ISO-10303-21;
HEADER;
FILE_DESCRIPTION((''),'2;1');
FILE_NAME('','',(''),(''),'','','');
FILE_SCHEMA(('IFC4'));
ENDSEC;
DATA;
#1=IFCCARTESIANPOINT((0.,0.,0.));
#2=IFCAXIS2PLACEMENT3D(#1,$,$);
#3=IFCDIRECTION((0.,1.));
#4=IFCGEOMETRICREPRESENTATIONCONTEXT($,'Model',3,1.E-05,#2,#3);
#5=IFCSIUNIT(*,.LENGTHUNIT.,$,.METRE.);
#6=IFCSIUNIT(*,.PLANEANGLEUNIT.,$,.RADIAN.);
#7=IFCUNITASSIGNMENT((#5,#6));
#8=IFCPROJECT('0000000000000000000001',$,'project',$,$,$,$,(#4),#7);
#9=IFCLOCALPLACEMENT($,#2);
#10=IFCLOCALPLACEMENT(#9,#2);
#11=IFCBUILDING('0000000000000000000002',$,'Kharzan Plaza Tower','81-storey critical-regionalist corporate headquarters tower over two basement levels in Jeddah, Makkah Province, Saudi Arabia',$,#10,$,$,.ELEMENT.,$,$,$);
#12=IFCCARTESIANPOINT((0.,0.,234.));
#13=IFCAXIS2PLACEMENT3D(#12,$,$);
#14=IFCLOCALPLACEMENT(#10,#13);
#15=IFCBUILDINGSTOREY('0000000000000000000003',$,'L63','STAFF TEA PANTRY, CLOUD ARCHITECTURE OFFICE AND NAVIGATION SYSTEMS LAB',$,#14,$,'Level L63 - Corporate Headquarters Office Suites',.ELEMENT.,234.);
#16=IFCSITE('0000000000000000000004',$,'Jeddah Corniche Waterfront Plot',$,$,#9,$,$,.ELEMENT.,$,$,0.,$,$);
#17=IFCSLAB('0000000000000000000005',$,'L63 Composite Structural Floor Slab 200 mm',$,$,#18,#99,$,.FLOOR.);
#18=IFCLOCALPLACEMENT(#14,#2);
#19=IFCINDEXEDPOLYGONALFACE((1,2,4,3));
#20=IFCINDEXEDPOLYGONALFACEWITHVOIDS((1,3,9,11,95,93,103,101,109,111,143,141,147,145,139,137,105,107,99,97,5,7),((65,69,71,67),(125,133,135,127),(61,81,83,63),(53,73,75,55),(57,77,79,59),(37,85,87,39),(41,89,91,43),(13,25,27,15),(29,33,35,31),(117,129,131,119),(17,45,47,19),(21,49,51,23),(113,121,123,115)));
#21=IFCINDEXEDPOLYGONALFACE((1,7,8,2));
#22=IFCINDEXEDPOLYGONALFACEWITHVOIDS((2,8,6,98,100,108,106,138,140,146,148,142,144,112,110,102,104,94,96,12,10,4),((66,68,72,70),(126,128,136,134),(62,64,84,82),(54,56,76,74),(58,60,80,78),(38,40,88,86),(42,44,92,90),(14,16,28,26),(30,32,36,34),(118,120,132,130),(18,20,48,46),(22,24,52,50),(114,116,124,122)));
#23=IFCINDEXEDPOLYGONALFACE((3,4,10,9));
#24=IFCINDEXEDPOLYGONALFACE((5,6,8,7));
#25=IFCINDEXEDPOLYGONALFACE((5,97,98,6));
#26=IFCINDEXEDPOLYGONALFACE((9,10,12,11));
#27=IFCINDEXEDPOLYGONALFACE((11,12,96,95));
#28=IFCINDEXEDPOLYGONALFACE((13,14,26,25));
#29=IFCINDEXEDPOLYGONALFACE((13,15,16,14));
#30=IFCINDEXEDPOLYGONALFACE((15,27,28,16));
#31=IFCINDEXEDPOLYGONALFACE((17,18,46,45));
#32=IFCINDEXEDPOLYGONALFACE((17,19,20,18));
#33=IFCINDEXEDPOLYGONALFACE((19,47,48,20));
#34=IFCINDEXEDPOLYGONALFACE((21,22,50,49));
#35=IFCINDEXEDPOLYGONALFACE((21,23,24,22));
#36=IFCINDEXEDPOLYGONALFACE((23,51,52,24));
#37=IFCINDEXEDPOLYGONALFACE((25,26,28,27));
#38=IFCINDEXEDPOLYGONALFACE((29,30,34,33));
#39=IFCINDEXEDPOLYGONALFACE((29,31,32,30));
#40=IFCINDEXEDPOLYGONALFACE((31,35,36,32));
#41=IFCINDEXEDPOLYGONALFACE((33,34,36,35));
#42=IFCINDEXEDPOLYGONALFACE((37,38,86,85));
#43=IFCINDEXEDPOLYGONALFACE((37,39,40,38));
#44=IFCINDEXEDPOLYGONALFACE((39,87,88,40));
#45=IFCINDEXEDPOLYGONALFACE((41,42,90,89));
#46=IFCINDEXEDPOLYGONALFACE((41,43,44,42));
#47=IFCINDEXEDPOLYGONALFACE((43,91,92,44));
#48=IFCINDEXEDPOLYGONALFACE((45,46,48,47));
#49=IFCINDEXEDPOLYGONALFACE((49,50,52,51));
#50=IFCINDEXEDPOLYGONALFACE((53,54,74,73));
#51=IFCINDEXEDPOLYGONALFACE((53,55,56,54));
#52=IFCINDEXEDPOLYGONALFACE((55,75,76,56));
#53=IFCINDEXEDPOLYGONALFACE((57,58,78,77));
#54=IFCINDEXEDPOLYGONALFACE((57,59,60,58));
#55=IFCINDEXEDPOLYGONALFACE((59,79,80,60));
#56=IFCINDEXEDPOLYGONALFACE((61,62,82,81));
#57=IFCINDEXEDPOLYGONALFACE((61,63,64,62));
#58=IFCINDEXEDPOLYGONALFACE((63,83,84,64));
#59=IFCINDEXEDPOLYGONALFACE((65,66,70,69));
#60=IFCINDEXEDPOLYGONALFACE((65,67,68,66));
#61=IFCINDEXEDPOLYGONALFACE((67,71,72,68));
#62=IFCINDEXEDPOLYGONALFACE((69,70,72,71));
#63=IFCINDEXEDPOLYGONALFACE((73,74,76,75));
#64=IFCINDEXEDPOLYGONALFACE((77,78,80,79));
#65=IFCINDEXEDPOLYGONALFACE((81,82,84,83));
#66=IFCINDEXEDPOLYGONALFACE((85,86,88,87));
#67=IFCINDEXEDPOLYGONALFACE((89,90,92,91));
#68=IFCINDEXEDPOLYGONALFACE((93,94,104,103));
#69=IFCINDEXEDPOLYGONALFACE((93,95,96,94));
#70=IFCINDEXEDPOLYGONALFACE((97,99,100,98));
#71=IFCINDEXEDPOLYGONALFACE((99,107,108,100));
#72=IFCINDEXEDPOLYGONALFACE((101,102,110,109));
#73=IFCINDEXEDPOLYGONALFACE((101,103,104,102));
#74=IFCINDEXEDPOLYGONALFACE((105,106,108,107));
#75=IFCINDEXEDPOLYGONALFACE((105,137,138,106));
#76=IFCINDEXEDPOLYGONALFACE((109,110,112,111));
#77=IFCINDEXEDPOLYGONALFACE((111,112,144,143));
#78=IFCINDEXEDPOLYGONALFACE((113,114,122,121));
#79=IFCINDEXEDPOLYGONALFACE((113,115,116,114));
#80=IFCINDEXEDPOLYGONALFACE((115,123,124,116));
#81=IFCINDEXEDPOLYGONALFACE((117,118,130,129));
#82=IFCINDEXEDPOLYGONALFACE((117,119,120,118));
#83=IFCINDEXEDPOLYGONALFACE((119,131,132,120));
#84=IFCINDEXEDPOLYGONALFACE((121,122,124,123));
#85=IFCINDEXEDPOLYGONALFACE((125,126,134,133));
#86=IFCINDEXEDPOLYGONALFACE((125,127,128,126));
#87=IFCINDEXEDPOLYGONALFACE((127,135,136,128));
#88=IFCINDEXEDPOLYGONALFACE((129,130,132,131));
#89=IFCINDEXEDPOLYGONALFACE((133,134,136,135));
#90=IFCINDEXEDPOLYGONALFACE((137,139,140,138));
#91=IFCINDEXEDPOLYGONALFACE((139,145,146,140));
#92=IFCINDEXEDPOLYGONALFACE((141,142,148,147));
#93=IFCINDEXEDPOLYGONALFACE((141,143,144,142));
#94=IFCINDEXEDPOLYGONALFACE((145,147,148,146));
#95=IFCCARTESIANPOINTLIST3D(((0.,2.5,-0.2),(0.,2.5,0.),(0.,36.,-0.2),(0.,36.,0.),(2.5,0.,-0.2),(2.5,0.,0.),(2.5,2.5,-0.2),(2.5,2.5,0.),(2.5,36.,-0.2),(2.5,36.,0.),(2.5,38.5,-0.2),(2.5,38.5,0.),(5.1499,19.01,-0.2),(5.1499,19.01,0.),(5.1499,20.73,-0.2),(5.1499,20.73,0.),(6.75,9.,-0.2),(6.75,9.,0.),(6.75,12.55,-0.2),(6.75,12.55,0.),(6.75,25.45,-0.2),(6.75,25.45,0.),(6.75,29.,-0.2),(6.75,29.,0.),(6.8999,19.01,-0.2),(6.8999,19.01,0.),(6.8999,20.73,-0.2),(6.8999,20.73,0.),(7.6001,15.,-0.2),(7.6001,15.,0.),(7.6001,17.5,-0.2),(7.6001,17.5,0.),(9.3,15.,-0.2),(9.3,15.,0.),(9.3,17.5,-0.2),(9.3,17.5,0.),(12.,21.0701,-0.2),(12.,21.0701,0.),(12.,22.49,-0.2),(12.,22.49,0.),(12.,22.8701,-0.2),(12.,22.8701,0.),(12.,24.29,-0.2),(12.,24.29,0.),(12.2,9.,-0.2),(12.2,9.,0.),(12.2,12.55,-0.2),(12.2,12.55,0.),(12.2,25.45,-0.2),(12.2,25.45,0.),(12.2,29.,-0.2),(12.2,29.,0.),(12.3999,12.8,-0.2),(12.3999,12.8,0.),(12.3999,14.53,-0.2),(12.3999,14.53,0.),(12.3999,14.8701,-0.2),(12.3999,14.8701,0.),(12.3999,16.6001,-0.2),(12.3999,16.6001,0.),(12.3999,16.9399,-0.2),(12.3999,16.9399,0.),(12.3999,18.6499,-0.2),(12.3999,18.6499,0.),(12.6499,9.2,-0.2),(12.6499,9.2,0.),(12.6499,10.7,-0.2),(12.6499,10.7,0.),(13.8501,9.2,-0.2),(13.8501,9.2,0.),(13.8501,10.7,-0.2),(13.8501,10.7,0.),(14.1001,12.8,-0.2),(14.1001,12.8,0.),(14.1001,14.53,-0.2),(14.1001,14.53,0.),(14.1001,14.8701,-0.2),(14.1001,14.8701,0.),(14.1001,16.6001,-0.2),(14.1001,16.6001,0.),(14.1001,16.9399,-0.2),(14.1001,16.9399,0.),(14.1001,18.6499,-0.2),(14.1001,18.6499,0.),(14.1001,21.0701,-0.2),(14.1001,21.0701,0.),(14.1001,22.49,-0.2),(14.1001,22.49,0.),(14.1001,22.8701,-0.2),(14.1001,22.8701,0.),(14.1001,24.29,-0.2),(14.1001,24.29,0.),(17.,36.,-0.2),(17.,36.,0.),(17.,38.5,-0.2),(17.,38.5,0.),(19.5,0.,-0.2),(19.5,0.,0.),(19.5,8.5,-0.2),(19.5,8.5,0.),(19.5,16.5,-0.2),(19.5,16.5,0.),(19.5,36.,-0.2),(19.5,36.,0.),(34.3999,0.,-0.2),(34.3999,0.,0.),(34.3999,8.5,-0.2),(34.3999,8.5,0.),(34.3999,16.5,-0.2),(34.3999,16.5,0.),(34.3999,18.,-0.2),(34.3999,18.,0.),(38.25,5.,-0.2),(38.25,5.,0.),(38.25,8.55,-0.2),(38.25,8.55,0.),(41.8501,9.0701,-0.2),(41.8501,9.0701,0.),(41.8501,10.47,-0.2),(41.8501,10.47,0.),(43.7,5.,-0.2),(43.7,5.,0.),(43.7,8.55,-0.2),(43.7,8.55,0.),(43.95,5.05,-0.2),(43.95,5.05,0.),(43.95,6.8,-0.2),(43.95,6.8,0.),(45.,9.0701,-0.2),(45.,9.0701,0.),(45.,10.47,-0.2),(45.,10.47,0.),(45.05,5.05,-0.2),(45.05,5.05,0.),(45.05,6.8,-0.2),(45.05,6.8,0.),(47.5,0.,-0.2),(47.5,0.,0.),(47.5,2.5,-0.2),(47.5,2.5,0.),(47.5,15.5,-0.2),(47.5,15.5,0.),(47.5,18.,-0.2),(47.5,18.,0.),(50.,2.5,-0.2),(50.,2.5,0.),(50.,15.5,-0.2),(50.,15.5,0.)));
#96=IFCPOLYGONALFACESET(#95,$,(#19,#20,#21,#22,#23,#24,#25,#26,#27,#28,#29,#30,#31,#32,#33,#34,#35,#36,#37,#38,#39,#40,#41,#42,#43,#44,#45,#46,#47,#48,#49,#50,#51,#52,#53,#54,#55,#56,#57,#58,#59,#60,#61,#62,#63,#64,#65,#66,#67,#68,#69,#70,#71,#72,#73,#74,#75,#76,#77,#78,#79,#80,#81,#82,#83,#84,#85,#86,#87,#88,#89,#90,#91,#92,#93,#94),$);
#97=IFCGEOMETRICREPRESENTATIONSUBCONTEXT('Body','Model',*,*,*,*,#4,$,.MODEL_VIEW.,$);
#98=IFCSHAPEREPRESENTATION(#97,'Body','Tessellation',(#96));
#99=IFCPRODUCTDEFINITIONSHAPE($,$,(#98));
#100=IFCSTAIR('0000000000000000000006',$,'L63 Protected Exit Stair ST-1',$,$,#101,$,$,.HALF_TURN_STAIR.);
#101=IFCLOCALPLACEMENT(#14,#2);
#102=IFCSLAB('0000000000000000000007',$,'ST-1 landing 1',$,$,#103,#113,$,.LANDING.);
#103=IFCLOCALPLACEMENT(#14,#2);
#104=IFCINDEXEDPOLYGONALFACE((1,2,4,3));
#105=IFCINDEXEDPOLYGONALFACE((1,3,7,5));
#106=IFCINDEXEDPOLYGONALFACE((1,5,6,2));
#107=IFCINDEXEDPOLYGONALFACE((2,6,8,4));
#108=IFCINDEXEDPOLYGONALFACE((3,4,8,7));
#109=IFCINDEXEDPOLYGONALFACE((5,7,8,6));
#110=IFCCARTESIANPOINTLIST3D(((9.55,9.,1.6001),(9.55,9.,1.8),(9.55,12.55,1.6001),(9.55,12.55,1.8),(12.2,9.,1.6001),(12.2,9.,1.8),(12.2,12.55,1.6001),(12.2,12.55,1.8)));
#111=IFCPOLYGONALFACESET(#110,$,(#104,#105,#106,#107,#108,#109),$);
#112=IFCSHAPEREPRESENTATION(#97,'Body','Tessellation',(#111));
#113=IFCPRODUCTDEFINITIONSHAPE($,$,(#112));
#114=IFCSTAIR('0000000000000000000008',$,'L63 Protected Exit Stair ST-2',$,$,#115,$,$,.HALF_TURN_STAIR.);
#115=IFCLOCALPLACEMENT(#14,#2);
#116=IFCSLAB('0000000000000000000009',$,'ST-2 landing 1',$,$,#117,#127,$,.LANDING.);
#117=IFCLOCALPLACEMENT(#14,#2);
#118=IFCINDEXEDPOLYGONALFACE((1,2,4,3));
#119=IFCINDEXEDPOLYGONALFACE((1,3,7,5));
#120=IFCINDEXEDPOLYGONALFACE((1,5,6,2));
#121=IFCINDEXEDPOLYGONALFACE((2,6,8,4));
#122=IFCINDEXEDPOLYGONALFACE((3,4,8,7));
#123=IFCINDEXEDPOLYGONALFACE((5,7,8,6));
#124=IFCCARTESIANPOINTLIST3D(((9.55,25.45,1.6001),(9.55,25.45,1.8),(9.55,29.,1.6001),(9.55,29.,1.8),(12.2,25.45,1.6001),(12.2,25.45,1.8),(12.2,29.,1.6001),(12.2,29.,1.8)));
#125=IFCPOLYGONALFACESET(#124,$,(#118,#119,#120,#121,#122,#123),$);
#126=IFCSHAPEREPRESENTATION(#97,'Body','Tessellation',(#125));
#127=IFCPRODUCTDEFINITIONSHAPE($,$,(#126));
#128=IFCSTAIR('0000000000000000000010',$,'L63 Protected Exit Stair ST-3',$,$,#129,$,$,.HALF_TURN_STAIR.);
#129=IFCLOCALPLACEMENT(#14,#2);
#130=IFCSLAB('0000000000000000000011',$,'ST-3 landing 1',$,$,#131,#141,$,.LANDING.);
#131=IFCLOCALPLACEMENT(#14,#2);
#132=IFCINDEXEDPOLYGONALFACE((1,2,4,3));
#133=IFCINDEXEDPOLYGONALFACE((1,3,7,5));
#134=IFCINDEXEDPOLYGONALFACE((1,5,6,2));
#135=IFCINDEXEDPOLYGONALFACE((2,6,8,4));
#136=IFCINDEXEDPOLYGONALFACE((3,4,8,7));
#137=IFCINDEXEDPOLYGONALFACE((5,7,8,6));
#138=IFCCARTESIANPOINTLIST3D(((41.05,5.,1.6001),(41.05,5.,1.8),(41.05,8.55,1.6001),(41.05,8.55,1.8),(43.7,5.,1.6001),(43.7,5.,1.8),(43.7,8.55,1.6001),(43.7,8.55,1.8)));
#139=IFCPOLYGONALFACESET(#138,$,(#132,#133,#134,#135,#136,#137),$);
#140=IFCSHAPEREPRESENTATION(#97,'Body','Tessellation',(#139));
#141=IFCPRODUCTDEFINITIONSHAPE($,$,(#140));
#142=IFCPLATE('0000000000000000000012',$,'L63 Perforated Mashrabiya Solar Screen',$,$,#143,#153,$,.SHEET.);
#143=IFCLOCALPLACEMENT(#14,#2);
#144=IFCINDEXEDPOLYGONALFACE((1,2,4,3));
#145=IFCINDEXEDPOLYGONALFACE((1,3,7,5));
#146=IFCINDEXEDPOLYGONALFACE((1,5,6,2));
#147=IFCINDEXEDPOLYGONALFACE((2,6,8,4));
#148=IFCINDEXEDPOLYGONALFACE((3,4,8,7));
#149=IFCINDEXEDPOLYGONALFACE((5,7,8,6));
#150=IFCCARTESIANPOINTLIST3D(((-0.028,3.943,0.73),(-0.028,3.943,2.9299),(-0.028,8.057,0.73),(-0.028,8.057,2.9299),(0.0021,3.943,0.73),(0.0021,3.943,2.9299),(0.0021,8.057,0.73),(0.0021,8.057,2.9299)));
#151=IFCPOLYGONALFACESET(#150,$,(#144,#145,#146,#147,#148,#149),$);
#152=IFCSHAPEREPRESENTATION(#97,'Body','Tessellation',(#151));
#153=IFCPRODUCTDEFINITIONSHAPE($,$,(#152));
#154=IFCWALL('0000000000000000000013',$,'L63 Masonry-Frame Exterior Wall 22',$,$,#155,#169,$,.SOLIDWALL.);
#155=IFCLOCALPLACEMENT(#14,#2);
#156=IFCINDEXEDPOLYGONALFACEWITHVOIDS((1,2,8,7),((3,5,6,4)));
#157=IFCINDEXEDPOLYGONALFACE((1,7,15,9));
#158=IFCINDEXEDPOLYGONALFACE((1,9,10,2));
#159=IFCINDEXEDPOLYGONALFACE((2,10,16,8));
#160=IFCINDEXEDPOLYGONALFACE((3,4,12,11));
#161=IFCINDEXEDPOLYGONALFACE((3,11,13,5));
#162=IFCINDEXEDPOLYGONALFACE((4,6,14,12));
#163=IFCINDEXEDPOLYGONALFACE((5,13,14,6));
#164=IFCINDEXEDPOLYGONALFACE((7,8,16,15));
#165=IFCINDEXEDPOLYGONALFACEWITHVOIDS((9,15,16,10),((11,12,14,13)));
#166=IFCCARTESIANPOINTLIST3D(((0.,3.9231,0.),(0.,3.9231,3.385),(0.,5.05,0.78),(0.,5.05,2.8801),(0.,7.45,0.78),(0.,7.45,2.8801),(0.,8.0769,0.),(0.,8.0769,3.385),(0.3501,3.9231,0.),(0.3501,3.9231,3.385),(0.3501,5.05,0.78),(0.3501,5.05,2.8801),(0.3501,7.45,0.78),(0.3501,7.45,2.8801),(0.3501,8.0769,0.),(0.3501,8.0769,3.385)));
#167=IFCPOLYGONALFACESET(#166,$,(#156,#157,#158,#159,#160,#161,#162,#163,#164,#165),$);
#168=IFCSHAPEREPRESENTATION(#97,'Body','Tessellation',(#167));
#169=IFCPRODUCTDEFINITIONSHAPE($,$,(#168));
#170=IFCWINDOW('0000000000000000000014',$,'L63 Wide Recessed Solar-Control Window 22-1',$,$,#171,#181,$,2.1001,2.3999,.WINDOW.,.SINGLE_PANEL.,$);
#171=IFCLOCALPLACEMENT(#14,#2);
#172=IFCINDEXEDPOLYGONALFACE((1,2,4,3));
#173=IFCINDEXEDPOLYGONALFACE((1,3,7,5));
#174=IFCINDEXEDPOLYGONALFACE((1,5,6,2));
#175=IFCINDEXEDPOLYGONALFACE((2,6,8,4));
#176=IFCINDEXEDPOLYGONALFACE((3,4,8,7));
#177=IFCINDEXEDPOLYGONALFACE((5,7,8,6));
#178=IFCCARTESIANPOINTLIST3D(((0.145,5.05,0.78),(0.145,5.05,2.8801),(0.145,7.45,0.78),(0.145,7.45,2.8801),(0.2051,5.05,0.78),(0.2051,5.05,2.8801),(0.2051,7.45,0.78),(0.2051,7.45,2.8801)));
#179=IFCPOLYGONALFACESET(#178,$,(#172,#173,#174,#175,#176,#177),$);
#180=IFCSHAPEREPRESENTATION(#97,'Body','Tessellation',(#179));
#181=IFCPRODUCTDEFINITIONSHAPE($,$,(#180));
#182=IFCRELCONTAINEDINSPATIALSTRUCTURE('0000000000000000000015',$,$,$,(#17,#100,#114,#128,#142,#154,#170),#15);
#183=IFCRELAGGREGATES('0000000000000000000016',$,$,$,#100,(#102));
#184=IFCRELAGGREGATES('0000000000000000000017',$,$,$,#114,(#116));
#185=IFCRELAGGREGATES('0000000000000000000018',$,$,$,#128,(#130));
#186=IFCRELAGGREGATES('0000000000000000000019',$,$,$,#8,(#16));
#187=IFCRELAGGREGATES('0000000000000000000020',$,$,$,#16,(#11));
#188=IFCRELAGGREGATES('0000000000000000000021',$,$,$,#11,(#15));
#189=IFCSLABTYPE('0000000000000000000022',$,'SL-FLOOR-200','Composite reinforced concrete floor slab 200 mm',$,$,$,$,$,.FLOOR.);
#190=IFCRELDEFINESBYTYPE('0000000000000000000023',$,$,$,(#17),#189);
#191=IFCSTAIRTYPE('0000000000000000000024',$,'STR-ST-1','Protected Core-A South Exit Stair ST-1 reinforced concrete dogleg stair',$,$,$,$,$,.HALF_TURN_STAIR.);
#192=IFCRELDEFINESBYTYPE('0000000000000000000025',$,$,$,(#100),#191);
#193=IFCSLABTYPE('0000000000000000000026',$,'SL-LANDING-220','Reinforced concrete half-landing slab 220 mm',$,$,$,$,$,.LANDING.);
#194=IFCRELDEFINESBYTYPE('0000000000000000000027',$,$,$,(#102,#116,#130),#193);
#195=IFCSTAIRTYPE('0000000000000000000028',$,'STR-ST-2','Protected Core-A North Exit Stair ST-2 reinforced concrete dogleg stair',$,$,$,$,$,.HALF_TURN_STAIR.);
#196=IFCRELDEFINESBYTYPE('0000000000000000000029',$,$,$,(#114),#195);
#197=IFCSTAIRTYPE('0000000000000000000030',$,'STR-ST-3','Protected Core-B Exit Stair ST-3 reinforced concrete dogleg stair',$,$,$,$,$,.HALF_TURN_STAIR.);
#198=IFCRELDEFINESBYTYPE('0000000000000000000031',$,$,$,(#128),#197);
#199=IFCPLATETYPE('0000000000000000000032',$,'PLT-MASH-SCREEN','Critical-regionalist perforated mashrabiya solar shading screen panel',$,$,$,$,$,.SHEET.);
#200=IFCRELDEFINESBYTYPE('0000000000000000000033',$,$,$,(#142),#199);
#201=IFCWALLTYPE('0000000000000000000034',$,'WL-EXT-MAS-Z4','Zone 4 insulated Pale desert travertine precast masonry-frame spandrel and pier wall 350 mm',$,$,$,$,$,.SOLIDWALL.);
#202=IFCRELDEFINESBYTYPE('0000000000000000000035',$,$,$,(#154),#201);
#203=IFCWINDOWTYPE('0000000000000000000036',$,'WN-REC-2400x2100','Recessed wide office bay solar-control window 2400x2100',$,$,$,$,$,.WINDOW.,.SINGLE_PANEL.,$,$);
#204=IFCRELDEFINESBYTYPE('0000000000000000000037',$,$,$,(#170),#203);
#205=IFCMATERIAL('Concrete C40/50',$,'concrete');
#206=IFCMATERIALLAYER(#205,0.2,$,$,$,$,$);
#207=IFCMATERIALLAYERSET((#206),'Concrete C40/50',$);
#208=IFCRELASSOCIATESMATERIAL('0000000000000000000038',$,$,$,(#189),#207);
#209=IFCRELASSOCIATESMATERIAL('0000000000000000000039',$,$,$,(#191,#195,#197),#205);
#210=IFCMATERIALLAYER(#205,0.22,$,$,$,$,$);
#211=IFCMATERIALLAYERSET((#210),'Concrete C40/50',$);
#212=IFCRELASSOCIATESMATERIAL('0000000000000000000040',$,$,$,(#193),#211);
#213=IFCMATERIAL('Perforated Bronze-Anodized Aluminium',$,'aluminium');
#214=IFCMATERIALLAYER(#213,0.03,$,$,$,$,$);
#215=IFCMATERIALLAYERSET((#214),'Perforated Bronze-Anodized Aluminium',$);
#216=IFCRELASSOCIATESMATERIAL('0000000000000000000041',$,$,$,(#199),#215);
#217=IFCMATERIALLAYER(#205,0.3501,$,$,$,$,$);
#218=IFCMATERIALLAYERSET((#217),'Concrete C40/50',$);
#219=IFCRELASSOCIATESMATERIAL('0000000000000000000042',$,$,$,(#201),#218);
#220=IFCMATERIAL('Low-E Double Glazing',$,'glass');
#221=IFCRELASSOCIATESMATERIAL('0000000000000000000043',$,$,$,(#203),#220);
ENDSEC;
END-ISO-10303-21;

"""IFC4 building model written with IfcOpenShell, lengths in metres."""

from ifc_helpers import new_model, si_unit, direction, frame, frame_2d, origin, origin_2d, place, context, subcontext, project, spatial, polyline, rectangle, outline, extrude, source, transform, mapped, material, layer, layer_set, type_object, element, fill, aggregate, save


model = new_model("IFC4")

# Units and contexts
model_context = context("Model", 3, precision=1e-05, world=origin(), true_north=direction((0.0, 1.0)))
body_context = subcontext(model_context, "Body", "Model", "MODEL_VIEW")
ifc_project = project(units=[si_unit("LENGTHUNIT", "METRE"), si_unit("PLANEANGLEUNIT", "RADIAN")], contexts=[model_context])

# Site, building, storey
site_placement = place(None, origin())
site = spatial("IfcSite", under=ifc_project, at=site_placement, Name="Jeddah Corniche Waterfront Plot", CompositionType="ELEMENT", RefElevation=0.0)
building_placement = place(site_placement, origin())
building = spatial("IfcBuilding", under=site, at=building_placement, Name="Kharzan Plaza Tower", Description="81-storey critical-regionalist corporate headquarters tower over two basement levels in Jeddah, Makkah Province, Saudi Arabia", CompositionType="ELEMENT")
storey_placement = place(building_placement, frame((0.0, 0.0, 234.0)))
storey = spatial("IfcBuildingStorey", under=building, at=storey_placement, Name="L63", Description="STAFF TEA PANTRY, CLOUD ARCHITECTURE OFFICE AND NAVIGATION SYSTEMS LAB", LongName="Level L63 - Corporate Headquarters Office Suites", CompositionType="ELEMENT", Elevation=234.0)

# Slab
ifc_material_1 = material(Name="Concrete C40/50", Category="concrete")
ifc_layer_1 = layer(ifc_material_1, 0.2)
ifc_layer_set_1 = layer_set([ifc_layer_1], Name="Concrete C40/50")
slab_type_1 = type_object("IfcSlabType", Name="SL-FLOOR-200", Description="Composite reinforced concrete floor slab 200 mm", PredefinedType="FLOOR", material=ifc_layer_set_1)
slab_1_placement = place(storey_placement, frame((0.0, 0.0, -0.2)))
element("IfcSlab", 1, at=slab_1_placement, inside=storey, type_object=slab_type_1, Name="L63 Composite Structural Floor Slab 200 mm", PredefinedType="FLOOR", context=body_context, shape_type="SweptSolid", body=[
    extrude(outline(polyline([(34.3999, 16.5), (19.5, 16.5), (19.5, 36.0), (17.0, 36.0), (17.0, 38.5), (2.5, 38.5), (2.5, 36.0), (0.0, 36.0), (0.0, 2.5), (2.5, 2.5), (2.5, 0.0), (19.5, 0.0), (19.5, 8.5), (34.3999, 8.5), (34.3999, 0.0), (47.5, 0.0), (47.5, 2.5), (50.0, 2.5), (50.0, 15.5), (47.5, 15.5), (47.5, 18.0), (34.3999, 18.0), (34.3999, 16.5)]), holes=[polyline([(12.2, 12.55), (6.75, 12.55), (6.75, 9.0), (12.2, 9.0), (12.2, 12.55)]), polyline([(14.1001, 12.8), (14.1001, 14.53), (12.3999, 14.53), (12.3999, 12.8), (14.1001, 12.8)]), polyline([(9.3, 15.0), (9.3, 17.5), (7.6001, 17.5), (7.6001, 15.0), (9.3, 15.0)]), polyline([(6.8999, 20.73), (5.1499, 20.73), (5.1499, 19.01), (6.8999, 19.01), (6.8999, 20.73)]), polyline([(14.1001, 21.0701), (14.1001, 22.49), (12.0, 22.49), (12.0, 21.0701), (14.1001, 21.0701)]), polyline([(14.1001, 22.8701), (14.1001, 24.29), (12.0, 24.29), (12.0, 22.8701), (14.1001, 22.8701)]), polyline([(12.2, 29.0), (6.75, 29.0), (6.75, 25.45), (12.2, 25.45), (12.2, 29.0)]), polyline([(45.05, 5.05), (45.05, 6.8), (43.95, 6.8), (43.95, 5.05), (45.05, 5.05)]), polyline([(43.7, 5.0), (43.7, 8.55), (38.25, 8.55), (38.25, 5.0), (43.7, 5.0)]), polyline([(45.0, 9.0701), (45.0, 10.47), (41.8501, 10.47), (41.8501, 9.0701), (45.0, 9.0701)]), polyline([(13.8501, 9.2), (13.8501, 10.7), (12.6499, 10.7), (12.6499, 9.2), (13.8501, 9.2)]), polyline([(14.1001, 14.8701), (14.1001, 16.6001), (12.3999, 16.6001), (12.3999, 14.8701), (14.1001, 14.8701)]), polyline([(14.1001, 16.9399), (14.1001, 18.6499), (12.3999, 18.6499), (12.3999, 16.9399), (14.1001, 16.9399)])]), origin(), (0.0, 0.0, 1.0), 0.2),
])

# Stairs, slabs
stair_type_1 = type_object("IfcStairType", Name="STR-ST-1", Description="Protected Core-A South Exit Stair ST-1 reinforced concrete dogleg stair", PredefinedType="HALF_TURN_STAIR", material=ifc_material_1)
stair_1_placement = place(storey_placement, origin())
stair_1 = element("IfcStair", 2, at=stair_1_placement, inside=storey, type_object=stair_type_1, Name="L63 Protected Exit Stair ST-1", PredefinedType="HALF_TURN_STAIR")
ifc_layer_2 = layer(ifc_material_1, 0.22)
ifc_layer_set_2 = layer_set([ifc_layer_2], Name="Concrete C40/50")
slab_type_2 = type_object("IfcSlabType", Name="SL-LANDING-220", Description="Reinforced concrete half-landing slab 220 mm", PredefinedType="LANDING", material=ifc_layer_set_2)
slab_2_placement = place(storey_placement, frame((0.0, 0.0, 1.6001)))
slab_2 = element("IfcSlab", 3, at=slab_2_placement, type_object=slab_type_2, Name="ST-1 landing 1", PredefinedType="LANDING", context=body_context, shape_type="SweptSolid", body=[
    extrude(outline(polyline([(9.55, 9.0), (12.2, 9.0), (12.2, 12.55), (9.55, 12.55), (9.55, 9.0)])), origin(), (0.0, 0.0, 1.0), 0.2),
])
aggregate(stair_1, [slab_2])
stair_type_2 = type_object("IfcStairType", Name="STR-ST-2", Description="Protected Core-A North Exit Stair ST-2 reinforced concrete dogleg stair", PredefinedType="HALF_TURN_STAIR", material=ifc_material_1)
stair_2_placement = place(storey_placement, origin())
stair_2 = element("IfcStair", 4, at=stair_2_placement, inside=storey, type_object=stair_type_2, Name="L63 Protected Exit Stair ST-2", PredefinedType="HALF_TURN_STAIR")
slab_3_placement = place(storey_placement, frame((0.0, 0.0, 1.6001)))
slab_3 = element("IfcSlab", 5, at=slab_3_placement, type_object=slab_type_2, Name="ST-2 landing 1", PredefinedType="LANDING", context=body_context, shape_type="SweptSolid", body=[
    extrude(outline(polyline([(9.55, 25.45), (12.2, 25.45), (12.2, 29.0), (9.55, 29.0), (9.55, 25.45)])), origin(), (0.0, 0.0, 1.0), 0.2),
])
aggregate(stair_2, [slab_3])
stair_type_3 = type_object("IfcStairType", Name="STR-ST-3", Description="Protected Core-B Exit Stair ST-3 reinforced concrete dogleg stair", PredefinedType="HALF_TURN_STAIR", material=ifc_material_1)
stair_3_placement = place(storey_placement, origin())
stair_3 = element("IfcStair", 6, at=stair_3_placement, inside=storey, type_object=stair_type_3, Name="L63 Protected Exit Stair ST-3", PredefinedType="HALF_TURN_STAIR")
slab_4_placement = place(storey_placement, frame((0.0, 0.0, 1.6001)))
slab_4 = element("IfcSlab", 7, at=slab_4_placement, type_object=slab_type_2, Name="ST-3 landing 1", PredefinedType="LANDING", context=body_context, shape_type="SweptSolid", body=[
    extrude(outline(polyline([(41.05, 5.0), (43.7, 5.0), (43.7, 8.55), (41.05, 8.55), (41.05, 5.0)])), origin(), (0.0, 0.0, 1.0), 0.2),
])
aggregate(stair_3, [slab_4])

# Plate
ifc_material_2 = material(Name="Perforated Bronze-Anodized Aluminium", Category="aluminium")
ifc_layer_3 = layer(ifc_material_2, 0.03)
ifc_layer_set_3 = layer_set([ifc_layer_3], Name="Perforated Bronze-Anodized Aluminium")
plate_type = type_object("IfcPlateType", Name="PLT-MASH-SCREEN", Description="Critical-regionalist perforated mashrabiya solar shading screen panel", PredefinedType="SHEET", material=ifc_layer_set_3)
shared_shape_1 = source(origin(), body_context, "Body", "SweptSolid", [
    extrude(rectangle(XDim=4.114, YDim=0.03, at=origin_2d()), origin(), (0.0, 0.0, 1.0), 2.2),
])
plate_placement = place(storey_placement, frame((-0.0129, 6.0, 0.73), z_axis=(0.0, 0.0, 1.0), x_axis=(0.0, -1.0, 0.0)))
element("IfcPlate", 8, at=plate_placement, inside=storey, type_object=plate_type, Name="L63 Perforated Mashrabiya Solar Screen", PredefinedType="SHEET", context=body_context, shape_type="MappedRepresentation", body=[
    mapped(shared_shape_1, transform((0.0, 0.0, 0.0), x_axis=(1.0, 0.0, 0.0), y_axis=(0.0, 1.0, 0.0), z_axis=(0.0, 0.0, 1.0))),
])

# Wall, opening, window
ifc_layer_4 = layer(ifc_material_1, 0.3501)
ifc_layer_set_4 = layer_set([ifc_layer_4], Name="Concrete C40/50")
wall_type_1 = type_object("IfcWallType", Name="WL-EXT-MAS-Z4", Description="Zone 4 insulated Pale desert travertine precast masonry-frame spandrel and pier wall 350 mm", PredefinedType="SOLIDWALL", material=ifc_layer_set_4)
wall_1_placement = place(storey_placement, frame((0.175, 8.0769, 0.0), z_axis=(0.0, 0.0, 1.0), x_axis=(0.0, -1.0, 0.0)))
wall_1 = element("IfcWall", 9, at=wall_1_placement, inside=storey, type_object=wall_type_1, Name="L63 Masonry-Frame Exterior Wall 22", PredefinedType="SOLIDWALL", context=body_context, shape_type="SweptSolid", body=[
    extrude(rectangle(XDim=4.1538, YDim=0.3501, at=frame_2d((2.0769, 0.0))), origin(), (0.0, 0.0, 1.0), 3.385),
])
opening_1_placement = place(wall_1_placement, frame((0.627, 0.0, 0.78)))
opening_1 = element("IfcOpeningElement", 10, at=opening_1_placement, cuts=wall_1, PredefinedType="OPENING", context=body_context, shape_type="SweptSolid", body=[
    extrude(rectangle(XDim=2.3999, YDim=2.1001, at=frame_2d((1.2, 1.05))), frame((0.0, 0.1851, 0.0), z_axis=(0.0, -1.0, 0.0), x_axis=(1.0, 0.0, 0.0)), (0.0, 0.0, 1.0), 0.3701),
])
ifc_material_3 = material(Name="Low-E Double Glazing", Category="glass")
window_type_1 = type_object("IfcWindowType", Name="WN-REC-2400x2100", Description="Recessed wide office bay solar-control window 2400x2100", PartitioningType="SINGLE_PANEL", PredefinedType="WINDOW", material=ifc_material_3)
shared_shape_2 = source(origin(), body_context, "Body", "SweptSolid", [
    extrude(rectangle(XDim=2.3999, YDim=2.1001, at=frame_2d((1.2, 1.05))), frame((0.0, 0.03, 0.0), z_axis=(0.0, -1.0, 0.0), x_axis=(1.0, 0.0, 0.0)), (0.0, 0.0, 1.0), 0.0601),
])
window_1_placement = place(opening_1_placement, origin())
window_1 = element("IfcWindow", 11, at=window_1_placement, inside=storey, type_object=window_type_1, Name="L63 Wide Recessed Solar-Control Window 22-1", OverallHeight=2.1001, OverallWidth=2.3999, PartitioningType="SINGLE_PANEL", PredefinedType="WINDOW", context=body_context, shape_type="MappedRepresentation", body=[
    mapped(shared_shape_2, transform((0.0, 0.0, 0.0), x_axis=(1.0, 0.0, 0.0), y_axis=(0.0, 1.0, 0.0), z_axis=(0.0, 0.0, 1.0))),
])
fill(opening_1, window_1)

save(model, "model.ifc")
